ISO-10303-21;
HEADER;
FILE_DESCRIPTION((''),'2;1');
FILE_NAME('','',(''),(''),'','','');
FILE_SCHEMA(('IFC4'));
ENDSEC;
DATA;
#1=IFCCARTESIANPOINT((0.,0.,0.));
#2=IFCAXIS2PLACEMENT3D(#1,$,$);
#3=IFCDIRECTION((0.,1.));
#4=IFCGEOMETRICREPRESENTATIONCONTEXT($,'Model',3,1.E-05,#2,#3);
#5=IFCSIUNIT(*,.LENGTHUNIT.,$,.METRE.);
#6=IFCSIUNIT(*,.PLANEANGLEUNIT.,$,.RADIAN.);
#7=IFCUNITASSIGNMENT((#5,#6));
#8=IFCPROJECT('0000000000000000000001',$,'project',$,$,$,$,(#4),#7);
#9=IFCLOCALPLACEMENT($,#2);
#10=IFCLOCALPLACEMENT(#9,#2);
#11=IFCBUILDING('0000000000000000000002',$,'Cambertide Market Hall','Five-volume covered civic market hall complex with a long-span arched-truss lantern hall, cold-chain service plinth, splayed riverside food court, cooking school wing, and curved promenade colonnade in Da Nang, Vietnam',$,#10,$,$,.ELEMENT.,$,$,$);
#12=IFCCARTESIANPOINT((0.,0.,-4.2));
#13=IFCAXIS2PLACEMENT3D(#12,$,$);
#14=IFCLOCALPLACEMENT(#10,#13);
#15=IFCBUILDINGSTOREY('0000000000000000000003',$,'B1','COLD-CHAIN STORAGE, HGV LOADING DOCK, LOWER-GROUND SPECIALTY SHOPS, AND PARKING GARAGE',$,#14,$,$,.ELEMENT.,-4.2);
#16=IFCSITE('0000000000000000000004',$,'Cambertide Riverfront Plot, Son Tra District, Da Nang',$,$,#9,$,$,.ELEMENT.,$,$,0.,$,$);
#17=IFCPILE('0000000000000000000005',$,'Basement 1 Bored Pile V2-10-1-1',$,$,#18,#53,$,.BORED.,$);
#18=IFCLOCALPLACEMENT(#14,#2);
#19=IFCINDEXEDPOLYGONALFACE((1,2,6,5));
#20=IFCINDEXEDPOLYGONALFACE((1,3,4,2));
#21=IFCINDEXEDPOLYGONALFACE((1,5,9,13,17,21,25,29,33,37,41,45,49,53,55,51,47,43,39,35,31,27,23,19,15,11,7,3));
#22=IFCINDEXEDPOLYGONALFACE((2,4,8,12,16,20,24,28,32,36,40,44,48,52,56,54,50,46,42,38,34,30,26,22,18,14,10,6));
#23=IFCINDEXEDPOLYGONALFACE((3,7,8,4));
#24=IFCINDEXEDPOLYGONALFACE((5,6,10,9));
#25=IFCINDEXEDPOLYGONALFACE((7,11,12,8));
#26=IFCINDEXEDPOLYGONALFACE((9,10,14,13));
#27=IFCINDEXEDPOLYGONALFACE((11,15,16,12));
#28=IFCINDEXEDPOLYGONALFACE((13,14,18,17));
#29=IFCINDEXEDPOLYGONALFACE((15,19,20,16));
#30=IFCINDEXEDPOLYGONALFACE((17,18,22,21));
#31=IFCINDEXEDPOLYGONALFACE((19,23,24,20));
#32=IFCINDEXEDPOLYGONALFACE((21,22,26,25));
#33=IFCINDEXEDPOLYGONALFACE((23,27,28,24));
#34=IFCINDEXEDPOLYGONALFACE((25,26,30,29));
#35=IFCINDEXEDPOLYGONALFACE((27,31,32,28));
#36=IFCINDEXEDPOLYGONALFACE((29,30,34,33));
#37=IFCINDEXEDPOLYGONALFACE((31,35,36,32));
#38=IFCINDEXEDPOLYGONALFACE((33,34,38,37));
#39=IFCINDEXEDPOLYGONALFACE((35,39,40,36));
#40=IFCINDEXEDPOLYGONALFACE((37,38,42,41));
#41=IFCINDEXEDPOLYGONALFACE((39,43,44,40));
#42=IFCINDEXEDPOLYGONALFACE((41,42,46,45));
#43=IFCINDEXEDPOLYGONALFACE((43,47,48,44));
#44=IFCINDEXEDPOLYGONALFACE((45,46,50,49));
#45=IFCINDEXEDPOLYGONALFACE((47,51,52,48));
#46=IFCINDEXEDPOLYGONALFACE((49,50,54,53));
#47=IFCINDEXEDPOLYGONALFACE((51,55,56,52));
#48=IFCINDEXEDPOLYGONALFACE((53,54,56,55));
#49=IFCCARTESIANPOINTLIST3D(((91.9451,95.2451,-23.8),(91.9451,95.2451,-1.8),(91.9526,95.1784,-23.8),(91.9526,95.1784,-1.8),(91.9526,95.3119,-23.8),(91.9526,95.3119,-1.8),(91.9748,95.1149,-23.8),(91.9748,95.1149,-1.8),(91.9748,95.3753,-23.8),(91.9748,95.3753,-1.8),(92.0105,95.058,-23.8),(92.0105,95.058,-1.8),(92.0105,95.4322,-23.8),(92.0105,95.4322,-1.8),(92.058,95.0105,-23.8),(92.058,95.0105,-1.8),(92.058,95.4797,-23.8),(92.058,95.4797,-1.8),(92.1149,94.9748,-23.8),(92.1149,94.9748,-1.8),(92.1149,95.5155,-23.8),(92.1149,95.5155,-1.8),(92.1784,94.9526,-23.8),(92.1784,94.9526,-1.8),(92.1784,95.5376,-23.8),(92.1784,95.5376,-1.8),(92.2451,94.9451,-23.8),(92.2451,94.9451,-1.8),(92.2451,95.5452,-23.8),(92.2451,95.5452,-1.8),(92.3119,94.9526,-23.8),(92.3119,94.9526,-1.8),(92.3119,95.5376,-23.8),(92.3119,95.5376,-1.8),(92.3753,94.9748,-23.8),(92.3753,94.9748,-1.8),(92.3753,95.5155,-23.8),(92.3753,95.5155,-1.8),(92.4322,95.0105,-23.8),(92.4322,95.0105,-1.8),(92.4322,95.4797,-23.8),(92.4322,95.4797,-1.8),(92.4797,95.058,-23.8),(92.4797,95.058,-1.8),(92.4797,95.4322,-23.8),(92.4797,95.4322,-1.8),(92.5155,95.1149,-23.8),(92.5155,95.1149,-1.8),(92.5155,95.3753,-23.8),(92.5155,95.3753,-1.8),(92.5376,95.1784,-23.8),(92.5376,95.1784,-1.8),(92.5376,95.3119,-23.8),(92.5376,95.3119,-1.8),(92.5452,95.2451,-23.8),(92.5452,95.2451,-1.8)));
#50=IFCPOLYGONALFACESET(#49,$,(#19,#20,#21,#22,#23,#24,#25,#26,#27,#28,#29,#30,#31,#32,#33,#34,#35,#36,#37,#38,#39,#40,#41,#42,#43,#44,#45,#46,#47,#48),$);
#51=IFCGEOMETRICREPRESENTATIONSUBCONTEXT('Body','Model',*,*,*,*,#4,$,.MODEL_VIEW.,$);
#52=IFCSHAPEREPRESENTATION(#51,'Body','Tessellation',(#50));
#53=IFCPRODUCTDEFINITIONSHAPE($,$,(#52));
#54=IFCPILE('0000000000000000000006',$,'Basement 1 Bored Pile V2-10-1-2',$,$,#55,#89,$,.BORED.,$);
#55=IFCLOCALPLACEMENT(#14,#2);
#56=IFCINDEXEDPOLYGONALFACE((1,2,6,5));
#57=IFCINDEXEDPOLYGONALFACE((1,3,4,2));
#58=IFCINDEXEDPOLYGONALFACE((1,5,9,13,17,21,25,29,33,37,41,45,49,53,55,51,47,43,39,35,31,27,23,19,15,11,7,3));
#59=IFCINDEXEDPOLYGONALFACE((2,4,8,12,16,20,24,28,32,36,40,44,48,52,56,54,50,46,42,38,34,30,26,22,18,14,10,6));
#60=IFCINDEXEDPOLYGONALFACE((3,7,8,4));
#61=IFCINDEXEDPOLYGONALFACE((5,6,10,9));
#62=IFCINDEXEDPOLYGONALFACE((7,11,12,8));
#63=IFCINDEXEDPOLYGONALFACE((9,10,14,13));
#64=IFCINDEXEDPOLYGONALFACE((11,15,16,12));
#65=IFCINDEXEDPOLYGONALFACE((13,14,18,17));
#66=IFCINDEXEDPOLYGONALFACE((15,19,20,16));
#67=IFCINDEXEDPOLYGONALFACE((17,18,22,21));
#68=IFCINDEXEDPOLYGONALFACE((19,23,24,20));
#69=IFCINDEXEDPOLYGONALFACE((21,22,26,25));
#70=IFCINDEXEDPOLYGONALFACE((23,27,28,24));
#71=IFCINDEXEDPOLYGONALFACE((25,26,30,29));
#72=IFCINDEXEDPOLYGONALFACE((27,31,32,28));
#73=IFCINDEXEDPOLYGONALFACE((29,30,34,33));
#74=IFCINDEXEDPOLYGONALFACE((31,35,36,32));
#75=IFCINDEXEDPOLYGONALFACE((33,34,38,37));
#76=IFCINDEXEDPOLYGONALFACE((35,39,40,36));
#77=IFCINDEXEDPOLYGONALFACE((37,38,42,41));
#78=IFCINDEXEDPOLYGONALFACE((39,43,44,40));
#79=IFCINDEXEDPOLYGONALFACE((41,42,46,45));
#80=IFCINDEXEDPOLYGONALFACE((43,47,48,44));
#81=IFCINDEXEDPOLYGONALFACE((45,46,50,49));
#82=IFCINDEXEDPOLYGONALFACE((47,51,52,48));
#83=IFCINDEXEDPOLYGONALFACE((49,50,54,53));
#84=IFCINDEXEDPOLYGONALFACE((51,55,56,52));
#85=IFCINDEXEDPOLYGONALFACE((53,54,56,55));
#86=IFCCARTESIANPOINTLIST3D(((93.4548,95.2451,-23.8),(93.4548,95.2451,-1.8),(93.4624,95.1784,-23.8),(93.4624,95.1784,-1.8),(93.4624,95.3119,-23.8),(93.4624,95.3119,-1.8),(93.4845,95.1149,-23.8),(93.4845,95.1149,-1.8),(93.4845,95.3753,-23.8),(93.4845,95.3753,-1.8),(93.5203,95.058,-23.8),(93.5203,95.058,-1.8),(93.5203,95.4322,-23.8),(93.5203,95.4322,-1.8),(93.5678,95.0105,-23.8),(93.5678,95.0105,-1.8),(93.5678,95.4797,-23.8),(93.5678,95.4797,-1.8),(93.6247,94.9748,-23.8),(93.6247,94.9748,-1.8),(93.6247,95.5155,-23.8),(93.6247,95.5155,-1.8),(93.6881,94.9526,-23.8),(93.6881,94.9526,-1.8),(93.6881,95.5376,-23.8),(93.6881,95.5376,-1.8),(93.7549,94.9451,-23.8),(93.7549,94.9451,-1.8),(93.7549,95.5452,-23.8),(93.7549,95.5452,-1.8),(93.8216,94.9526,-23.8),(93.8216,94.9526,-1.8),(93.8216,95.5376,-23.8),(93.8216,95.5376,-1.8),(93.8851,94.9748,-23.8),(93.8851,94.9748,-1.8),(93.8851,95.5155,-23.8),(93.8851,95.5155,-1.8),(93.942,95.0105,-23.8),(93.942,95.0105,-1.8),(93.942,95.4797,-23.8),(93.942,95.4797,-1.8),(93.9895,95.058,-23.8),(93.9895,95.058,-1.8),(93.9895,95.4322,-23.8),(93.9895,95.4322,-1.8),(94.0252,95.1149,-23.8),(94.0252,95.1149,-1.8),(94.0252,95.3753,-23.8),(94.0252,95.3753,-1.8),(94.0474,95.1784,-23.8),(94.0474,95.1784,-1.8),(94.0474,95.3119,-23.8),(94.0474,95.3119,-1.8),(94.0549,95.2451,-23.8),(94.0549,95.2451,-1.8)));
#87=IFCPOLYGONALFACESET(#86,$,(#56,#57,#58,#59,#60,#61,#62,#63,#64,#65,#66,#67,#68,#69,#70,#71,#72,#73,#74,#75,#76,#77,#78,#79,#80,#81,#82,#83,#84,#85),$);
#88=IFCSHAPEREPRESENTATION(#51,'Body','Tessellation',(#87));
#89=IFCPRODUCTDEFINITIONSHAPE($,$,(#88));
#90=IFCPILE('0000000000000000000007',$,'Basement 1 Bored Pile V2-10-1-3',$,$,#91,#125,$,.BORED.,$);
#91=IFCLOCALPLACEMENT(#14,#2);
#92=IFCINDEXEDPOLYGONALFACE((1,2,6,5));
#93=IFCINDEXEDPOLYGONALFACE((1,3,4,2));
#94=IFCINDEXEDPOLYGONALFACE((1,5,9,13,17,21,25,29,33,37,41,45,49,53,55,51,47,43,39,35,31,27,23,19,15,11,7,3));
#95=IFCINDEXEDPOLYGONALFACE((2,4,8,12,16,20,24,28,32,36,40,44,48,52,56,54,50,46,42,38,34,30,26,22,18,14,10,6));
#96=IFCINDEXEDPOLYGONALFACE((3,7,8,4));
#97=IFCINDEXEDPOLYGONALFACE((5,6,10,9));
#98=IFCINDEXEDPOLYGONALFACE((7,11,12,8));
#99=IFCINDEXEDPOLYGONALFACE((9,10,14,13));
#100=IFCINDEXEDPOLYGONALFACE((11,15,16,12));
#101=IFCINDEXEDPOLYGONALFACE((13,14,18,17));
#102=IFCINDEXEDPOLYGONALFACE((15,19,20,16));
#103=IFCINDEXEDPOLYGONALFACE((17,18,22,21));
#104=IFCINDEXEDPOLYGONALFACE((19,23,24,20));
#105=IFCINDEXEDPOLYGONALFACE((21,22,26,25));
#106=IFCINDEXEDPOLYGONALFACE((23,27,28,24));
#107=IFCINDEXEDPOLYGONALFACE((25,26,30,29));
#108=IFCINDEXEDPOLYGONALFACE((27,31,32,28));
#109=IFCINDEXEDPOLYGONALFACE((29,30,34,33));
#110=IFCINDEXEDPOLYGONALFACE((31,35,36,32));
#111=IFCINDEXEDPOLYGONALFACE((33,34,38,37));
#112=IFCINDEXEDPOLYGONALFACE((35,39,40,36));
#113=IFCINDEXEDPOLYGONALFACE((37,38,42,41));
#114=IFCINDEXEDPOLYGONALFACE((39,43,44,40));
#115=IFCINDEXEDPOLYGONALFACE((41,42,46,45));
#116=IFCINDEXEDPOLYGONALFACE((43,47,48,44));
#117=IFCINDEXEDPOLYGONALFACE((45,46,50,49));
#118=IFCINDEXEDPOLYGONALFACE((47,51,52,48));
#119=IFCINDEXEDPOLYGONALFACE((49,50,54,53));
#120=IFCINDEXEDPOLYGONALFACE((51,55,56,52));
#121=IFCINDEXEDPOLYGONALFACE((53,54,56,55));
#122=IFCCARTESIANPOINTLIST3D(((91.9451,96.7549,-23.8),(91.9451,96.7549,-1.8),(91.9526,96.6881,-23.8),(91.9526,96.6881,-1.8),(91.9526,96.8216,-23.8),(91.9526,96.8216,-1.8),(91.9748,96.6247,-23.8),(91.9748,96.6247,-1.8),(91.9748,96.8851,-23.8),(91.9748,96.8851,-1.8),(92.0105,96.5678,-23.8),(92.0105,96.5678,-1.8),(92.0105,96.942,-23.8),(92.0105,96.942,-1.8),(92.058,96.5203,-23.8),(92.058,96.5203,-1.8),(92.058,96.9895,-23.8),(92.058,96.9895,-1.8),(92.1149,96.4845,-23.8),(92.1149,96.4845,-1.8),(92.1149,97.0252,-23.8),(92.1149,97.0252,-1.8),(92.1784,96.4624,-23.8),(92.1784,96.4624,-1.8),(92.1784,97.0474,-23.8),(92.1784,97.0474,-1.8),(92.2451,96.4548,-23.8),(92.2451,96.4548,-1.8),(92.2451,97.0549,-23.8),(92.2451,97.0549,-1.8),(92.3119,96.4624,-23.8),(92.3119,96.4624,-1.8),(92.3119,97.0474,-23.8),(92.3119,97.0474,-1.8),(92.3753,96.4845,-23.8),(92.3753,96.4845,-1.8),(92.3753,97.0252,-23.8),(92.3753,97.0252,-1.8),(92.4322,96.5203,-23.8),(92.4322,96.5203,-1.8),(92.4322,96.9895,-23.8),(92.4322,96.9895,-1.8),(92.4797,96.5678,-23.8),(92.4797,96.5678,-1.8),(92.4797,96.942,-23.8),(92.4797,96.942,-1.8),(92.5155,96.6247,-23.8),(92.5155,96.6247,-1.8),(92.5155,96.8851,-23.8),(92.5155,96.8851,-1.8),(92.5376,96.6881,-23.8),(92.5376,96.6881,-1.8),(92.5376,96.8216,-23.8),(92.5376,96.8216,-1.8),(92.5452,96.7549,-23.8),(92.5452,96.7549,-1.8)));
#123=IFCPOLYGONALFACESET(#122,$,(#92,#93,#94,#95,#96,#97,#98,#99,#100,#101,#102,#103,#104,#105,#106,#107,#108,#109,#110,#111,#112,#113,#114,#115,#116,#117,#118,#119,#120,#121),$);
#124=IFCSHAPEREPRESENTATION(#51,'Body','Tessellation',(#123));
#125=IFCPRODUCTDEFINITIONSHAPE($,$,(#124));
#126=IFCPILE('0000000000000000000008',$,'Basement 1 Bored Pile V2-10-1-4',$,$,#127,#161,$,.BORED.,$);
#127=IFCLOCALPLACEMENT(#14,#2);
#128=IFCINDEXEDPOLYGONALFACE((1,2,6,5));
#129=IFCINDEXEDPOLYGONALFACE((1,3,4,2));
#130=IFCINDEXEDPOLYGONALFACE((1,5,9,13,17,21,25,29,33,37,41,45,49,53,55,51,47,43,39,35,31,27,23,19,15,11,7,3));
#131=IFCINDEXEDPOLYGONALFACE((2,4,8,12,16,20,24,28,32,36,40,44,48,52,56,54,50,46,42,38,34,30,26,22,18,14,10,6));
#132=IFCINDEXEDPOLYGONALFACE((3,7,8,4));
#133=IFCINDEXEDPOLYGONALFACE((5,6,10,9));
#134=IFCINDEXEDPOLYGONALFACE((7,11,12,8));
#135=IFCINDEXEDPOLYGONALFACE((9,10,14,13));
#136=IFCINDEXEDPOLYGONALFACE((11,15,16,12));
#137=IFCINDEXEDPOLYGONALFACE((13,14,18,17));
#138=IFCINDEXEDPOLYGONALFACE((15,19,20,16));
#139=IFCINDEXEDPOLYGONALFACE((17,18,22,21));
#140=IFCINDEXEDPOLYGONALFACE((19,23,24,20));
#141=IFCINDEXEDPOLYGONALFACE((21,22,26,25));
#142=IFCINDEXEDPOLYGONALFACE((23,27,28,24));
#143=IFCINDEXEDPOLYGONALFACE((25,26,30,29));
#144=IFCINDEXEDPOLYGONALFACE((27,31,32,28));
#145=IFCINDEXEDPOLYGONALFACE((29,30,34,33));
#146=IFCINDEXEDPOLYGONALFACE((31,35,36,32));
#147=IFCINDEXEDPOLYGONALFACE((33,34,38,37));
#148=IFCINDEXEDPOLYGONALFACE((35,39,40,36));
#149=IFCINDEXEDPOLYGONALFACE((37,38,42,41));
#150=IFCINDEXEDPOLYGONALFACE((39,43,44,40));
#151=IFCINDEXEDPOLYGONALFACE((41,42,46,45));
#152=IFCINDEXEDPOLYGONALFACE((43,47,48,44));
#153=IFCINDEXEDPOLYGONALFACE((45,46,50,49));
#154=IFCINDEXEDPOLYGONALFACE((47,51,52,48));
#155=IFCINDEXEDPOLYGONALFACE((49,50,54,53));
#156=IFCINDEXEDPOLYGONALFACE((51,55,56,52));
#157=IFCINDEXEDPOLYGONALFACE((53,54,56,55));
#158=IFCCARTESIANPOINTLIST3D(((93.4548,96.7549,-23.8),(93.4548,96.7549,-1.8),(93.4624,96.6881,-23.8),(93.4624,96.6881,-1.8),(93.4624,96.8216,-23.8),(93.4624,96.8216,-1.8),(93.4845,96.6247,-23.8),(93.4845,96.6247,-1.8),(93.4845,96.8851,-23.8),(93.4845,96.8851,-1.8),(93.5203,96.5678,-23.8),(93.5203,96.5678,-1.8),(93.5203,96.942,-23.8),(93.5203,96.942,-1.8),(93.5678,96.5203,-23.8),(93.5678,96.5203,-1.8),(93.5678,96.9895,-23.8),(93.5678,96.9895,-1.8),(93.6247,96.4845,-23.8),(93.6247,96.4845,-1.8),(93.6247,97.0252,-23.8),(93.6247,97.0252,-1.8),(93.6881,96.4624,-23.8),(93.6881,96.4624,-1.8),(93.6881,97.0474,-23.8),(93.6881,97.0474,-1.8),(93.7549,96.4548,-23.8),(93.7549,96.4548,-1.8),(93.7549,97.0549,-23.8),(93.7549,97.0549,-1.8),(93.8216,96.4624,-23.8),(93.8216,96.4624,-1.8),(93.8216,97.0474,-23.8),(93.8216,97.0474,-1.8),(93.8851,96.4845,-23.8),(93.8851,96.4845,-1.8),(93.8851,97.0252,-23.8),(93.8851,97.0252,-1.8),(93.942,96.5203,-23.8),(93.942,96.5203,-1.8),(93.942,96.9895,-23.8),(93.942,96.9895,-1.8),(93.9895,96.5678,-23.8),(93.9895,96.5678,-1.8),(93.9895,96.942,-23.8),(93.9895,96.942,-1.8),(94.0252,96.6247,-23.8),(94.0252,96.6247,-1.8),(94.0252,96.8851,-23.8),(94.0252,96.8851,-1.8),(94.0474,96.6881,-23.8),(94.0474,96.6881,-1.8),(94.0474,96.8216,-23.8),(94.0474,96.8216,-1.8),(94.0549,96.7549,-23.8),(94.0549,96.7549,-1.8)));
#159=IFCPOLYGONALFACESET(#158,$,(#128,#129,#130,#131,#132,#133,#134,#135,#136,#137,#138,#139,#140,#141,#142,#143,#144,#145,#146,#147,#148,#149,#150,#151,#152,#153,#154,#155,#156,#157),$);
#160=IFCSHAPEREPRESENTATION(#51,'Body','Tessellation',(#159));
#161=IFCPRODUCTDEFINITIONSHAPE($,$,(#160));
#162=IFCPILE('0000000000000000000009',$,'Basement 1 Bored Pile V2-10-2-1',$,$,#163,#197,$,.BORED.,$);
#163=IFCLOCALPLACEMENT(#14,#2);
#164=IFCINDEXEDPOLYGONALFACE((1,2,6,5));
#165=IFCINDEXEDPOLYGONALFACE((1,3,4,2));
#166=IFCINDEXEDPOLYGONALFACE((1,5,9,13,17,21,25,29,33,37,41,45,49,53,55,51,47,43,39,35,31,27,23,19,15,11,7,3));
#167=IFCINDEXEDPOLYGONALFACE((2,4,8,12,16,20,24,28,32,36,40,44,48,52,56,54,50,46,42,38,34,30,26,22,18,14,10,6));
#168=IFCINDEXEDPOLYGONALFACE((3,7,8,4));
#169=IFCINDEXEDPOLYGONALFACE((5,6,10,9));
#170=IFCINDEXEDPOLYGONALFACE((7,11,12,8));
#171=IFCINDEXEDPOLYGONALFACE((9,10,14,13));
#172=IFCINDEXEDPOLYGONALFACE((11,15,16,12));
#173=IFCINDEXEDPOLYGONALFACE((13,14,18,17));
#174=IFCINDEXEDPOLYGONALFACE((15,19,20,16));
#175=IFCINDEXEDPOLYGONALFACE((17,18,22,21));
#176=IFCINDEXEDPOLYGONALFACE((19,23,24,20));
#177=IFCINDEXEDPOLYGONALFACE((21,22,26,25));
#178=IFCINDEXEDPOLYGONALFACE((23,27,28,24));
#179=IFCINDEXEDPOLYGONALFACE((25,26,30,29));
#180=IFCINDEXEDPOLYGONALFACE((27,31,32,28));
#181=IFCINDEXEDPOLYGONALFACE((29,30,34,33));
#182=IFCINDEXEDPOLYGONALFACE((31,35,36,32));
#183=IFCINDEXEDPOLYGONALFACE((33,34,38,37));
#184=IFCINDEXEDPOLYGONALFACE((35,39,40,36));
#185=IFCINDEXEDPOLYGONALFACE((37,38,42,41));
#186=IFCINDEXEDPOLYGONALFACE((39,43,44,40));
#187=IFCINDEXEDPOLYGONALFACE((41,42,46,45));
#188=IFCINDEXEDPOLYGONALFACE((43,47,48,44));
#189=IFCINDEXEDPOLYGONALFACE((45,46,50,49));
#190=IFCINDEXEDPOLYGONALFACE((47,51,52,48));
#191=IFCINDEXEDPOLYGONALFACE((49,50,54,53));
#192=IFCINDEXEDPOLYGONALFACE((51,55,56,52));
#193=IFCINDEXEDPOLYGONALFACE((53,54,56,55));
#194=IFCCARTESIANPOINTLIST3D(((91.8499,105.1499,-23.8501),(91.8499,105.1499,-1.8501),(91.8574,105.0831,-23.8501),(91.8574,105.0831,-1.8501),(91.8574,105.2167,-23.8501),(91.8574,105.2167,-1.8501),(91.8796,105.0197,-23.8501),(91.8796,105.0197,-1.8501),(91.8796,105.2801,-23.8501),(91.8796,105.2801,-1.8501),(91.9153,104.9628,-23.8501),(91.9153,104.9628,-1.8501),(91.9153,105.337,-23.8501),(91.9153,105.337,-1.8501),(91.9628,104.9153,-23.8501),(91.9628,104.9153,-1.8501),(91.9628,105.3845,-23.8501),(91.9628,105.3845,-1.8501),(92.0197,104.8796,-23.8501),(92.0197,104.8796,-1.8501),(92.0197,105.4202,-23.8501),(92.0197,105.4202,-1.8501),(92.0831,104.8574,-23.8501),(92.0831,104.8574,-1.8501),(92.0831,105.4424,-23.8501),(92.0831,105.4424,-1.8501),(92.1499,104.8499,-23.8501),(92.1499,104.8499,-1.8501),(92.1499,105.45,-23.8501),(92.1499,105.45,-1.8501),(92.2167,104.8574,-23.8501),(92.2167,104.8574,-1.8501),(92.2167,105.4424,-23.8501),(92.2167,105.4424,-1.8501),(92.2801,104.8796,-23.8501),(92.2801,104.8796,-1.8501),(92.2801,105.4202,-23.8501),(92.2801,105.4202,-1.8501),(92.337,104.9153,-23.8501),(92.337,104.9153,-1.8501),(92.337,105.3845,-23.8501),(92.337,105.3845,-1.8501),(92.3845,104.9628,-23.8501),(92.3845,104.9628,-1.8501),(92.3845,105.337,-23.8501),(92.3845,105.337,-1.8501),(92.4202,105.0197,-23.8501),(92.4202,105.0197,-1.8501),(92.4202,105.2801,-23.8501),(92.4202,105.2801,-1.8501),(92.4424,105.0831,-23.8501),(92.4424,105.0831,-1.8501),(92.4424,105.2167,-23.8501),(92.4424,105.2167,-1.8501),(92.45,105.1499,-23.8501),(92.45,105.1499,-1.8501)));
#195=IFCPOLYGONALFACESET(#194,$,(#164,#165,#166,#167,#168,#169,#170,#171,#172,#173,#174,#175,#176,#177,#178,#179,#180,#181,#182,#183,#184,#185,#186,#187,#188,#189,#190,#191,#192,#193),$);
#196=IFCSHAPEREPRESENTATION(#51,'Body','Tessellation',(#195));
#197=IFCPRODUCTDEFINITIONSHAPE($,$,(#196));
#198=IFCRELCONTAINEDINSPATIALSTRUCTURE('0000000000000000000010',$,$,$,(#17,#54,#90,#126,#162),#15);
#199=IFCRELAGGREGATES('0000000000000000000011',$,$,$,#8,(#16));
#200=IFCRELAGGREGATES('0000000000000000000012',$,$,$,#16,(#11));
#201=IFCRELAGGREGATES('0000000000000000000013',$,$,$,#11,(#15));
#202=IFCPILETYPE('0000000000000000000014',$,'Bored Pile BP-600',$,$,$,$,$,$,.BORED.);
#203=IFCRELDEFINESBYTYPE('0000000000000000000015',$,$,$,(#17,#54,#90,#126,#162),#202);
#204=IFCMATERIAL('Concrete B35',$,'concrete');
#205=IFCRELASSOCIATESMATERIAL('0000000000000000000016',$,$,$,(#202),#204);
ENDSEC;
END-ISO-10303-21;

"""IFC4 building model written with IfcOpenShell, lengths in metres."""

from ifc_helpers import new_model, si_unit, direction, frame, origin, origin_2d, place, context, subcontext, project, spatial, circle, extrude, material, material_profile, profile_set, type_object, element, save


model = new_model("IFC4")

# Units and contexts
model_context = context("Model", 3, precision=1e-05, world=origin(), true_north=direction((0.0, 1.0)))
body_context = subcontext(model_context, "Body", "Model", "MODEL_VIEW")
ifc_project = project(units=[si_unit("LENGTHUNIT", "METRE"), si_unit("PLANEANGLEUNIT", "RADIAN")], contexts=[model_context])

# Site, building, storey
site_placement = place(None, origin())
site = spatial("IfcSite", under=ifc_project, at=site_placement, Name="Cambertide Riverfront Plot, Son Tra District, Da Nang", CompositionType="ELEMENT", RefElevation=0.0)
building_placement = place(site_placement, origin())
building = spatial("IfcBuilding", under=site, at=building_placement, Name="Cambertide Market Hall", Description="Five-volume covered civic market hall complex with a long-span arched-truss lantern hall, cold-chain service plinth, splayed riverside food court, cooking school wing, and curved promenade colonnade in Da Nang, Vietnam", CompositionType="ELEMENT")
storey_placement = place(building_placement, frame((0.0, 0.0, -4.2)))
storey = spatial("IfcBuildingStorey", under=building, at=storey_placement, Name="B1", Description="COLD-CHAIN STORAGE, HGV LOADING DOCK, LOWER-GROUND SPECIALTY SHOPS, AND PARKING GARAGE", CompositionType="ELEMENT", Elevation=-4.2)

# Piles
ifc_material_1 = material(Name="Concrete B35", Category="concrete")
ifc_material_profile_1 = material_profile(ifc_material_1, circle(Radius=0.3, at=origin_2d()), Name="BP D600")
ifc_profile_set_1 = profile_set([ifc_material_profile_1], Name="Concrete B35")
pile_type = type_object("IfcPileType", Name="Bored Pile BP-600", PredefinedType="BORED", material=ifc_profile_set_1)
for number, where, z_axis, x_axis, name in (
    (1, (92.2451, 95.2451, -1.8), (0.0, 0.0, -1.0), (1.0, 0.0, 0.0), "Basement 1 Bored Pile V2-10-1-1"),
    (2, (93.7549, 95.2451, -1.8), (0.0, 0.0, -1.0), (1.0, 0.0, 0.0), "Basement 1 Bored Pile V2-10-1-2"),
    (3, (92.2451, 96.7549, -1.8), (0.0, 0.0, -1.0), (1.0, 0.0, 0.0), "Basement 1 Bored Pile V2-10-1-3"),
    (4, (93.7549, 96.7549, -1.8), (0.0, 0.0, -1.0), (1.0, 0.0, 0.0), "Basement 1 Bored Pile V2-10-1-4"),
    (5, (92.1499, 105.1499, -1.8501), (0.0, 0.0, -1.0), (1.0, 0.0, 0.0), "Basement 1 Bored Pile V2-10-2-1"),
):
    element("IfcPile", number, at=place(storey_placement, frame(where, z_axis=z_axis, x_axis=x_axis)), inside=storey, type_object=pile_type, Name=name, PredefinedType="BORED", context=body_context, shape_type="SweptSolid", body=[
        extrude(circle(Radius=0.3, at=origin_2d()), origin(), (0.0, 0.0, 1.0), 22.0),
    ])

save(model, "model.ifc")
